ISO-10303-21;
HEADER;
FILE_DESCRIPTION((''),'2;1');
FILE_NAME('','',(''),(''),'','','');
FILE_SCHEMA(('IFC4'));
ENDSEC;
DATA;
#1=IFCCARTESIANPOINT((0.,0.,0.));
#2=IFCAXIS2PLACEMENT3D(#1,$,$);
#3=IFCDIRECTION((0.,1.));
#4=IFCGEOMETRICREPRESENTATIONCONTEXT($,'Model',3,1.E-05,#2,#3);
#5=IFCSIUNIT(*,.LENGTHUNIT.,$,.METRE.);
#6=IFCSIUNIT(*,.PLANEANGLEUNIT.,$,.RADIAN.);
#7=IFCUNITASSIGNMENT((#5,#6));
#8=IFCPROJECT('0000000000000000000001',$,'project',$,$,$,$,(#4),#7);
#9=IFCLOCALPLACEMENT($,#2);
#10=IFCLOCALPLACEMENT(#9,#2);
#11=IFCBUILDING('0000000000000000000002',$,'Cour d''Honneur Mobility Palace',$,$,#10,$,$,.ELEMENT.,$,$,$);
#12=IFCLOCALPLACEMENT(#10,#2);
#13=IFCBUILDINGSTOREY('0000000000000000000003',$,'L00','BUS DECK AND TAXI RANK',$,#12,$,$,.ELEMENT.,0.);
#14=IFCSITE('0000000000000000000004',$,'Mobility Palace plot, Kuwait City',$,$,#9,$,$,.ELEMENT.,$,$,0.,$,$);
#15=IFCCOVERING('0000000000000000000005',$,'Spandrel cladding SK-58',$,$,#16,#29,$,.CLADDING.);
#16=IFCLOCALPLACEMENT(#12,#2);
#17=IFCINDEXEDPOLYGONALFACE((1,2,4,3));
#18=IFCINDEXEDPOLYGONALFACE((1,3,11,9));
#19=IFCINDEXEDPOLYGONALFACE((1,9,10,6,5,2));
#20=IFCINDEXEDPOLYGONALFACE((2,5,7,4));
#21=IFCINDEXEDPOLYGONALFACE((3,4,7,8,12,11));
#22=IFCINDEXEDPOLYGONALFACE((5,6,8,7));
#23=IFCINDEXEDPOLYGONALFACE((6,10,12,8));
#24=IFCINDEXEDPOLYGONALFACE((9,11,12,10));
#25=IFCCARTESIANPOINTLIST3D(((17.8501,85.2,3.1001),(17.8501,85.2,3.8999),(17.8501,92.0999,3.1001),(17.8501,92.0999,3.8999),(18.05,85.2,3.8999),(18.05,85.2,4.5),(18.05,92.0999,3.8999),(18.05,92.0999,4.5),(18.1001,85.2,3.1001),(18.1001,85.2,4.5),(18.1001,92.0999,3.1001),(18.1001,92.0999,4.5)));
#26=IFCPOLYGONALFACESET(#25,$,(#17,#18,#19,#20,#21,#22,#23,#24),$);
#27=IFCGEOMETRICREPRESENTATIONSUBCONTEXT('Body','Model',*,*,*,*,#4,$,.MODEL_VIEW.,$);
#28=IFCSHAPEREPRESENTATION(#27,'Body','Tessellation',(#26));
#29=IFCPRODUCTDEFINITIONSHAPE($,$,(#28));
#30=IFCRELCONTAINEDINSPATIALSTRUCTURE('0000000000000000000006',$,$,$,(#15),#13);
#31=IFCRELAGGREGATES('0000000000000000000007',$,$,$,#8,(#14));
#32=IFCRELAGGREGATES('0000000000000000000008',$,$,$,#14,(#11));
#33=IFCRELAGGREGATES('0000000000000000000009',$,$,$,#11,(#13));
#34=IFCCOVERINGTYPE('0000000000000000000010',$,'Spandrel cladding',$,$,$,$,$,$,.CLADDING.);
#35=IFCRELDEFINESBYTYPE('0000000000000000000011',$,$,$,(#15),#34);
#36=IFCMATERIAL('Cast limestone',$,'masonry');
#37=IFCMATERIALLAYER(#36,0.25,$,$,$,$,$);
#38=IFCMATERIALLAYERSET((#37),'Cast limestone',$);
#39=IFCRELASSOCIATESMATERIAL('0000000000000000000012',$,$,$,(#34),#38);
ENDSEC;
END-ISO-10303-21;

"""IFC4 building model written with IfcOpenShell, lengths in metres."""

from ifc_helpers import new_model, si_unit, direction, frame, origin, place, context, subcontext, project, spatial, polyline, outline, extrude, material, layer, layer_set, type_object, element, save


model = new_model("IFC4")

# Units and contexts
model_context = context("Model", 3, precision=1e-05, world=origin(), true_north=direction((0.0, 1.0)))
body_context = subcontext(model_context, "Body", "Model", "MODEL_VIEW")
ifc_project = project(units=[si_unit("LENGTHUNIT", "METRE"), si_unit("PLANEANGLEUNIT", "RADIAN")], contexts=[model_context])

# Site, building, storey
site_placement = place(None, origin())
site = spatial("IfcSite", under=ifc_project, at=site_placement, Name="Mobility Palace plot, Kuwait City", CompositionType="ELEMENT", RefElevation=0.0)
building_placement = place(site_placement, origin())
building = spatial("IfcBuilding", under=site, at=building_placement, Name="Cour d'Honneur Mobility Palace", CompositionType="ELEMENT")
storey_placement = place(building_placement, origin())
storey = spatial("IfcBuildingStorey", under=building, at=storey_placement, Name="L00", Description="BUS DECK AND TAXI RANK", CompositionType="ELEMENT", Elevation=0.0)

# Covering
ifc_material_1 = material(Name="Cast limestone", Category="masonry")
ifc_layer_1 = layer(ifc_material_1, 0.25)
ifc_layer_set_1 = layer_set([ifc_layer_1], Name="Cast limestone")
covering_type_1 = type_object("IfcCoveringType", Name="Spandrel cladding", PredefinedType="CLADDING", material=ifc_layer_set_1)
covering_1_placement = place(storey_placement, frame((17.8501, 85.2, 3.1001), z_axis=(0.0, -1.0, 0.0), x_axis=(1.0, 0.0, 0.0)))
element("IfcCovering", 1, at=covering_1_placement, inside=storey, type_object=covering_type_1, Name="Spandrel cladding SK-58", PredefinedType="CLADDING", context=body_context, shape_type="SweptSolid", body=[
    extrude(outline(polyline([(0.0, 0.0), (0.25, 0.0), (0.25, 1.3999), (0.2, 1.3999), (0.2, 0.7998), (0.0, 0.7998), (0.0, 0.0)])), origin(), (0.0, 0.0, -1.0), 6.8999),
])

save(model, "model.ifc")
